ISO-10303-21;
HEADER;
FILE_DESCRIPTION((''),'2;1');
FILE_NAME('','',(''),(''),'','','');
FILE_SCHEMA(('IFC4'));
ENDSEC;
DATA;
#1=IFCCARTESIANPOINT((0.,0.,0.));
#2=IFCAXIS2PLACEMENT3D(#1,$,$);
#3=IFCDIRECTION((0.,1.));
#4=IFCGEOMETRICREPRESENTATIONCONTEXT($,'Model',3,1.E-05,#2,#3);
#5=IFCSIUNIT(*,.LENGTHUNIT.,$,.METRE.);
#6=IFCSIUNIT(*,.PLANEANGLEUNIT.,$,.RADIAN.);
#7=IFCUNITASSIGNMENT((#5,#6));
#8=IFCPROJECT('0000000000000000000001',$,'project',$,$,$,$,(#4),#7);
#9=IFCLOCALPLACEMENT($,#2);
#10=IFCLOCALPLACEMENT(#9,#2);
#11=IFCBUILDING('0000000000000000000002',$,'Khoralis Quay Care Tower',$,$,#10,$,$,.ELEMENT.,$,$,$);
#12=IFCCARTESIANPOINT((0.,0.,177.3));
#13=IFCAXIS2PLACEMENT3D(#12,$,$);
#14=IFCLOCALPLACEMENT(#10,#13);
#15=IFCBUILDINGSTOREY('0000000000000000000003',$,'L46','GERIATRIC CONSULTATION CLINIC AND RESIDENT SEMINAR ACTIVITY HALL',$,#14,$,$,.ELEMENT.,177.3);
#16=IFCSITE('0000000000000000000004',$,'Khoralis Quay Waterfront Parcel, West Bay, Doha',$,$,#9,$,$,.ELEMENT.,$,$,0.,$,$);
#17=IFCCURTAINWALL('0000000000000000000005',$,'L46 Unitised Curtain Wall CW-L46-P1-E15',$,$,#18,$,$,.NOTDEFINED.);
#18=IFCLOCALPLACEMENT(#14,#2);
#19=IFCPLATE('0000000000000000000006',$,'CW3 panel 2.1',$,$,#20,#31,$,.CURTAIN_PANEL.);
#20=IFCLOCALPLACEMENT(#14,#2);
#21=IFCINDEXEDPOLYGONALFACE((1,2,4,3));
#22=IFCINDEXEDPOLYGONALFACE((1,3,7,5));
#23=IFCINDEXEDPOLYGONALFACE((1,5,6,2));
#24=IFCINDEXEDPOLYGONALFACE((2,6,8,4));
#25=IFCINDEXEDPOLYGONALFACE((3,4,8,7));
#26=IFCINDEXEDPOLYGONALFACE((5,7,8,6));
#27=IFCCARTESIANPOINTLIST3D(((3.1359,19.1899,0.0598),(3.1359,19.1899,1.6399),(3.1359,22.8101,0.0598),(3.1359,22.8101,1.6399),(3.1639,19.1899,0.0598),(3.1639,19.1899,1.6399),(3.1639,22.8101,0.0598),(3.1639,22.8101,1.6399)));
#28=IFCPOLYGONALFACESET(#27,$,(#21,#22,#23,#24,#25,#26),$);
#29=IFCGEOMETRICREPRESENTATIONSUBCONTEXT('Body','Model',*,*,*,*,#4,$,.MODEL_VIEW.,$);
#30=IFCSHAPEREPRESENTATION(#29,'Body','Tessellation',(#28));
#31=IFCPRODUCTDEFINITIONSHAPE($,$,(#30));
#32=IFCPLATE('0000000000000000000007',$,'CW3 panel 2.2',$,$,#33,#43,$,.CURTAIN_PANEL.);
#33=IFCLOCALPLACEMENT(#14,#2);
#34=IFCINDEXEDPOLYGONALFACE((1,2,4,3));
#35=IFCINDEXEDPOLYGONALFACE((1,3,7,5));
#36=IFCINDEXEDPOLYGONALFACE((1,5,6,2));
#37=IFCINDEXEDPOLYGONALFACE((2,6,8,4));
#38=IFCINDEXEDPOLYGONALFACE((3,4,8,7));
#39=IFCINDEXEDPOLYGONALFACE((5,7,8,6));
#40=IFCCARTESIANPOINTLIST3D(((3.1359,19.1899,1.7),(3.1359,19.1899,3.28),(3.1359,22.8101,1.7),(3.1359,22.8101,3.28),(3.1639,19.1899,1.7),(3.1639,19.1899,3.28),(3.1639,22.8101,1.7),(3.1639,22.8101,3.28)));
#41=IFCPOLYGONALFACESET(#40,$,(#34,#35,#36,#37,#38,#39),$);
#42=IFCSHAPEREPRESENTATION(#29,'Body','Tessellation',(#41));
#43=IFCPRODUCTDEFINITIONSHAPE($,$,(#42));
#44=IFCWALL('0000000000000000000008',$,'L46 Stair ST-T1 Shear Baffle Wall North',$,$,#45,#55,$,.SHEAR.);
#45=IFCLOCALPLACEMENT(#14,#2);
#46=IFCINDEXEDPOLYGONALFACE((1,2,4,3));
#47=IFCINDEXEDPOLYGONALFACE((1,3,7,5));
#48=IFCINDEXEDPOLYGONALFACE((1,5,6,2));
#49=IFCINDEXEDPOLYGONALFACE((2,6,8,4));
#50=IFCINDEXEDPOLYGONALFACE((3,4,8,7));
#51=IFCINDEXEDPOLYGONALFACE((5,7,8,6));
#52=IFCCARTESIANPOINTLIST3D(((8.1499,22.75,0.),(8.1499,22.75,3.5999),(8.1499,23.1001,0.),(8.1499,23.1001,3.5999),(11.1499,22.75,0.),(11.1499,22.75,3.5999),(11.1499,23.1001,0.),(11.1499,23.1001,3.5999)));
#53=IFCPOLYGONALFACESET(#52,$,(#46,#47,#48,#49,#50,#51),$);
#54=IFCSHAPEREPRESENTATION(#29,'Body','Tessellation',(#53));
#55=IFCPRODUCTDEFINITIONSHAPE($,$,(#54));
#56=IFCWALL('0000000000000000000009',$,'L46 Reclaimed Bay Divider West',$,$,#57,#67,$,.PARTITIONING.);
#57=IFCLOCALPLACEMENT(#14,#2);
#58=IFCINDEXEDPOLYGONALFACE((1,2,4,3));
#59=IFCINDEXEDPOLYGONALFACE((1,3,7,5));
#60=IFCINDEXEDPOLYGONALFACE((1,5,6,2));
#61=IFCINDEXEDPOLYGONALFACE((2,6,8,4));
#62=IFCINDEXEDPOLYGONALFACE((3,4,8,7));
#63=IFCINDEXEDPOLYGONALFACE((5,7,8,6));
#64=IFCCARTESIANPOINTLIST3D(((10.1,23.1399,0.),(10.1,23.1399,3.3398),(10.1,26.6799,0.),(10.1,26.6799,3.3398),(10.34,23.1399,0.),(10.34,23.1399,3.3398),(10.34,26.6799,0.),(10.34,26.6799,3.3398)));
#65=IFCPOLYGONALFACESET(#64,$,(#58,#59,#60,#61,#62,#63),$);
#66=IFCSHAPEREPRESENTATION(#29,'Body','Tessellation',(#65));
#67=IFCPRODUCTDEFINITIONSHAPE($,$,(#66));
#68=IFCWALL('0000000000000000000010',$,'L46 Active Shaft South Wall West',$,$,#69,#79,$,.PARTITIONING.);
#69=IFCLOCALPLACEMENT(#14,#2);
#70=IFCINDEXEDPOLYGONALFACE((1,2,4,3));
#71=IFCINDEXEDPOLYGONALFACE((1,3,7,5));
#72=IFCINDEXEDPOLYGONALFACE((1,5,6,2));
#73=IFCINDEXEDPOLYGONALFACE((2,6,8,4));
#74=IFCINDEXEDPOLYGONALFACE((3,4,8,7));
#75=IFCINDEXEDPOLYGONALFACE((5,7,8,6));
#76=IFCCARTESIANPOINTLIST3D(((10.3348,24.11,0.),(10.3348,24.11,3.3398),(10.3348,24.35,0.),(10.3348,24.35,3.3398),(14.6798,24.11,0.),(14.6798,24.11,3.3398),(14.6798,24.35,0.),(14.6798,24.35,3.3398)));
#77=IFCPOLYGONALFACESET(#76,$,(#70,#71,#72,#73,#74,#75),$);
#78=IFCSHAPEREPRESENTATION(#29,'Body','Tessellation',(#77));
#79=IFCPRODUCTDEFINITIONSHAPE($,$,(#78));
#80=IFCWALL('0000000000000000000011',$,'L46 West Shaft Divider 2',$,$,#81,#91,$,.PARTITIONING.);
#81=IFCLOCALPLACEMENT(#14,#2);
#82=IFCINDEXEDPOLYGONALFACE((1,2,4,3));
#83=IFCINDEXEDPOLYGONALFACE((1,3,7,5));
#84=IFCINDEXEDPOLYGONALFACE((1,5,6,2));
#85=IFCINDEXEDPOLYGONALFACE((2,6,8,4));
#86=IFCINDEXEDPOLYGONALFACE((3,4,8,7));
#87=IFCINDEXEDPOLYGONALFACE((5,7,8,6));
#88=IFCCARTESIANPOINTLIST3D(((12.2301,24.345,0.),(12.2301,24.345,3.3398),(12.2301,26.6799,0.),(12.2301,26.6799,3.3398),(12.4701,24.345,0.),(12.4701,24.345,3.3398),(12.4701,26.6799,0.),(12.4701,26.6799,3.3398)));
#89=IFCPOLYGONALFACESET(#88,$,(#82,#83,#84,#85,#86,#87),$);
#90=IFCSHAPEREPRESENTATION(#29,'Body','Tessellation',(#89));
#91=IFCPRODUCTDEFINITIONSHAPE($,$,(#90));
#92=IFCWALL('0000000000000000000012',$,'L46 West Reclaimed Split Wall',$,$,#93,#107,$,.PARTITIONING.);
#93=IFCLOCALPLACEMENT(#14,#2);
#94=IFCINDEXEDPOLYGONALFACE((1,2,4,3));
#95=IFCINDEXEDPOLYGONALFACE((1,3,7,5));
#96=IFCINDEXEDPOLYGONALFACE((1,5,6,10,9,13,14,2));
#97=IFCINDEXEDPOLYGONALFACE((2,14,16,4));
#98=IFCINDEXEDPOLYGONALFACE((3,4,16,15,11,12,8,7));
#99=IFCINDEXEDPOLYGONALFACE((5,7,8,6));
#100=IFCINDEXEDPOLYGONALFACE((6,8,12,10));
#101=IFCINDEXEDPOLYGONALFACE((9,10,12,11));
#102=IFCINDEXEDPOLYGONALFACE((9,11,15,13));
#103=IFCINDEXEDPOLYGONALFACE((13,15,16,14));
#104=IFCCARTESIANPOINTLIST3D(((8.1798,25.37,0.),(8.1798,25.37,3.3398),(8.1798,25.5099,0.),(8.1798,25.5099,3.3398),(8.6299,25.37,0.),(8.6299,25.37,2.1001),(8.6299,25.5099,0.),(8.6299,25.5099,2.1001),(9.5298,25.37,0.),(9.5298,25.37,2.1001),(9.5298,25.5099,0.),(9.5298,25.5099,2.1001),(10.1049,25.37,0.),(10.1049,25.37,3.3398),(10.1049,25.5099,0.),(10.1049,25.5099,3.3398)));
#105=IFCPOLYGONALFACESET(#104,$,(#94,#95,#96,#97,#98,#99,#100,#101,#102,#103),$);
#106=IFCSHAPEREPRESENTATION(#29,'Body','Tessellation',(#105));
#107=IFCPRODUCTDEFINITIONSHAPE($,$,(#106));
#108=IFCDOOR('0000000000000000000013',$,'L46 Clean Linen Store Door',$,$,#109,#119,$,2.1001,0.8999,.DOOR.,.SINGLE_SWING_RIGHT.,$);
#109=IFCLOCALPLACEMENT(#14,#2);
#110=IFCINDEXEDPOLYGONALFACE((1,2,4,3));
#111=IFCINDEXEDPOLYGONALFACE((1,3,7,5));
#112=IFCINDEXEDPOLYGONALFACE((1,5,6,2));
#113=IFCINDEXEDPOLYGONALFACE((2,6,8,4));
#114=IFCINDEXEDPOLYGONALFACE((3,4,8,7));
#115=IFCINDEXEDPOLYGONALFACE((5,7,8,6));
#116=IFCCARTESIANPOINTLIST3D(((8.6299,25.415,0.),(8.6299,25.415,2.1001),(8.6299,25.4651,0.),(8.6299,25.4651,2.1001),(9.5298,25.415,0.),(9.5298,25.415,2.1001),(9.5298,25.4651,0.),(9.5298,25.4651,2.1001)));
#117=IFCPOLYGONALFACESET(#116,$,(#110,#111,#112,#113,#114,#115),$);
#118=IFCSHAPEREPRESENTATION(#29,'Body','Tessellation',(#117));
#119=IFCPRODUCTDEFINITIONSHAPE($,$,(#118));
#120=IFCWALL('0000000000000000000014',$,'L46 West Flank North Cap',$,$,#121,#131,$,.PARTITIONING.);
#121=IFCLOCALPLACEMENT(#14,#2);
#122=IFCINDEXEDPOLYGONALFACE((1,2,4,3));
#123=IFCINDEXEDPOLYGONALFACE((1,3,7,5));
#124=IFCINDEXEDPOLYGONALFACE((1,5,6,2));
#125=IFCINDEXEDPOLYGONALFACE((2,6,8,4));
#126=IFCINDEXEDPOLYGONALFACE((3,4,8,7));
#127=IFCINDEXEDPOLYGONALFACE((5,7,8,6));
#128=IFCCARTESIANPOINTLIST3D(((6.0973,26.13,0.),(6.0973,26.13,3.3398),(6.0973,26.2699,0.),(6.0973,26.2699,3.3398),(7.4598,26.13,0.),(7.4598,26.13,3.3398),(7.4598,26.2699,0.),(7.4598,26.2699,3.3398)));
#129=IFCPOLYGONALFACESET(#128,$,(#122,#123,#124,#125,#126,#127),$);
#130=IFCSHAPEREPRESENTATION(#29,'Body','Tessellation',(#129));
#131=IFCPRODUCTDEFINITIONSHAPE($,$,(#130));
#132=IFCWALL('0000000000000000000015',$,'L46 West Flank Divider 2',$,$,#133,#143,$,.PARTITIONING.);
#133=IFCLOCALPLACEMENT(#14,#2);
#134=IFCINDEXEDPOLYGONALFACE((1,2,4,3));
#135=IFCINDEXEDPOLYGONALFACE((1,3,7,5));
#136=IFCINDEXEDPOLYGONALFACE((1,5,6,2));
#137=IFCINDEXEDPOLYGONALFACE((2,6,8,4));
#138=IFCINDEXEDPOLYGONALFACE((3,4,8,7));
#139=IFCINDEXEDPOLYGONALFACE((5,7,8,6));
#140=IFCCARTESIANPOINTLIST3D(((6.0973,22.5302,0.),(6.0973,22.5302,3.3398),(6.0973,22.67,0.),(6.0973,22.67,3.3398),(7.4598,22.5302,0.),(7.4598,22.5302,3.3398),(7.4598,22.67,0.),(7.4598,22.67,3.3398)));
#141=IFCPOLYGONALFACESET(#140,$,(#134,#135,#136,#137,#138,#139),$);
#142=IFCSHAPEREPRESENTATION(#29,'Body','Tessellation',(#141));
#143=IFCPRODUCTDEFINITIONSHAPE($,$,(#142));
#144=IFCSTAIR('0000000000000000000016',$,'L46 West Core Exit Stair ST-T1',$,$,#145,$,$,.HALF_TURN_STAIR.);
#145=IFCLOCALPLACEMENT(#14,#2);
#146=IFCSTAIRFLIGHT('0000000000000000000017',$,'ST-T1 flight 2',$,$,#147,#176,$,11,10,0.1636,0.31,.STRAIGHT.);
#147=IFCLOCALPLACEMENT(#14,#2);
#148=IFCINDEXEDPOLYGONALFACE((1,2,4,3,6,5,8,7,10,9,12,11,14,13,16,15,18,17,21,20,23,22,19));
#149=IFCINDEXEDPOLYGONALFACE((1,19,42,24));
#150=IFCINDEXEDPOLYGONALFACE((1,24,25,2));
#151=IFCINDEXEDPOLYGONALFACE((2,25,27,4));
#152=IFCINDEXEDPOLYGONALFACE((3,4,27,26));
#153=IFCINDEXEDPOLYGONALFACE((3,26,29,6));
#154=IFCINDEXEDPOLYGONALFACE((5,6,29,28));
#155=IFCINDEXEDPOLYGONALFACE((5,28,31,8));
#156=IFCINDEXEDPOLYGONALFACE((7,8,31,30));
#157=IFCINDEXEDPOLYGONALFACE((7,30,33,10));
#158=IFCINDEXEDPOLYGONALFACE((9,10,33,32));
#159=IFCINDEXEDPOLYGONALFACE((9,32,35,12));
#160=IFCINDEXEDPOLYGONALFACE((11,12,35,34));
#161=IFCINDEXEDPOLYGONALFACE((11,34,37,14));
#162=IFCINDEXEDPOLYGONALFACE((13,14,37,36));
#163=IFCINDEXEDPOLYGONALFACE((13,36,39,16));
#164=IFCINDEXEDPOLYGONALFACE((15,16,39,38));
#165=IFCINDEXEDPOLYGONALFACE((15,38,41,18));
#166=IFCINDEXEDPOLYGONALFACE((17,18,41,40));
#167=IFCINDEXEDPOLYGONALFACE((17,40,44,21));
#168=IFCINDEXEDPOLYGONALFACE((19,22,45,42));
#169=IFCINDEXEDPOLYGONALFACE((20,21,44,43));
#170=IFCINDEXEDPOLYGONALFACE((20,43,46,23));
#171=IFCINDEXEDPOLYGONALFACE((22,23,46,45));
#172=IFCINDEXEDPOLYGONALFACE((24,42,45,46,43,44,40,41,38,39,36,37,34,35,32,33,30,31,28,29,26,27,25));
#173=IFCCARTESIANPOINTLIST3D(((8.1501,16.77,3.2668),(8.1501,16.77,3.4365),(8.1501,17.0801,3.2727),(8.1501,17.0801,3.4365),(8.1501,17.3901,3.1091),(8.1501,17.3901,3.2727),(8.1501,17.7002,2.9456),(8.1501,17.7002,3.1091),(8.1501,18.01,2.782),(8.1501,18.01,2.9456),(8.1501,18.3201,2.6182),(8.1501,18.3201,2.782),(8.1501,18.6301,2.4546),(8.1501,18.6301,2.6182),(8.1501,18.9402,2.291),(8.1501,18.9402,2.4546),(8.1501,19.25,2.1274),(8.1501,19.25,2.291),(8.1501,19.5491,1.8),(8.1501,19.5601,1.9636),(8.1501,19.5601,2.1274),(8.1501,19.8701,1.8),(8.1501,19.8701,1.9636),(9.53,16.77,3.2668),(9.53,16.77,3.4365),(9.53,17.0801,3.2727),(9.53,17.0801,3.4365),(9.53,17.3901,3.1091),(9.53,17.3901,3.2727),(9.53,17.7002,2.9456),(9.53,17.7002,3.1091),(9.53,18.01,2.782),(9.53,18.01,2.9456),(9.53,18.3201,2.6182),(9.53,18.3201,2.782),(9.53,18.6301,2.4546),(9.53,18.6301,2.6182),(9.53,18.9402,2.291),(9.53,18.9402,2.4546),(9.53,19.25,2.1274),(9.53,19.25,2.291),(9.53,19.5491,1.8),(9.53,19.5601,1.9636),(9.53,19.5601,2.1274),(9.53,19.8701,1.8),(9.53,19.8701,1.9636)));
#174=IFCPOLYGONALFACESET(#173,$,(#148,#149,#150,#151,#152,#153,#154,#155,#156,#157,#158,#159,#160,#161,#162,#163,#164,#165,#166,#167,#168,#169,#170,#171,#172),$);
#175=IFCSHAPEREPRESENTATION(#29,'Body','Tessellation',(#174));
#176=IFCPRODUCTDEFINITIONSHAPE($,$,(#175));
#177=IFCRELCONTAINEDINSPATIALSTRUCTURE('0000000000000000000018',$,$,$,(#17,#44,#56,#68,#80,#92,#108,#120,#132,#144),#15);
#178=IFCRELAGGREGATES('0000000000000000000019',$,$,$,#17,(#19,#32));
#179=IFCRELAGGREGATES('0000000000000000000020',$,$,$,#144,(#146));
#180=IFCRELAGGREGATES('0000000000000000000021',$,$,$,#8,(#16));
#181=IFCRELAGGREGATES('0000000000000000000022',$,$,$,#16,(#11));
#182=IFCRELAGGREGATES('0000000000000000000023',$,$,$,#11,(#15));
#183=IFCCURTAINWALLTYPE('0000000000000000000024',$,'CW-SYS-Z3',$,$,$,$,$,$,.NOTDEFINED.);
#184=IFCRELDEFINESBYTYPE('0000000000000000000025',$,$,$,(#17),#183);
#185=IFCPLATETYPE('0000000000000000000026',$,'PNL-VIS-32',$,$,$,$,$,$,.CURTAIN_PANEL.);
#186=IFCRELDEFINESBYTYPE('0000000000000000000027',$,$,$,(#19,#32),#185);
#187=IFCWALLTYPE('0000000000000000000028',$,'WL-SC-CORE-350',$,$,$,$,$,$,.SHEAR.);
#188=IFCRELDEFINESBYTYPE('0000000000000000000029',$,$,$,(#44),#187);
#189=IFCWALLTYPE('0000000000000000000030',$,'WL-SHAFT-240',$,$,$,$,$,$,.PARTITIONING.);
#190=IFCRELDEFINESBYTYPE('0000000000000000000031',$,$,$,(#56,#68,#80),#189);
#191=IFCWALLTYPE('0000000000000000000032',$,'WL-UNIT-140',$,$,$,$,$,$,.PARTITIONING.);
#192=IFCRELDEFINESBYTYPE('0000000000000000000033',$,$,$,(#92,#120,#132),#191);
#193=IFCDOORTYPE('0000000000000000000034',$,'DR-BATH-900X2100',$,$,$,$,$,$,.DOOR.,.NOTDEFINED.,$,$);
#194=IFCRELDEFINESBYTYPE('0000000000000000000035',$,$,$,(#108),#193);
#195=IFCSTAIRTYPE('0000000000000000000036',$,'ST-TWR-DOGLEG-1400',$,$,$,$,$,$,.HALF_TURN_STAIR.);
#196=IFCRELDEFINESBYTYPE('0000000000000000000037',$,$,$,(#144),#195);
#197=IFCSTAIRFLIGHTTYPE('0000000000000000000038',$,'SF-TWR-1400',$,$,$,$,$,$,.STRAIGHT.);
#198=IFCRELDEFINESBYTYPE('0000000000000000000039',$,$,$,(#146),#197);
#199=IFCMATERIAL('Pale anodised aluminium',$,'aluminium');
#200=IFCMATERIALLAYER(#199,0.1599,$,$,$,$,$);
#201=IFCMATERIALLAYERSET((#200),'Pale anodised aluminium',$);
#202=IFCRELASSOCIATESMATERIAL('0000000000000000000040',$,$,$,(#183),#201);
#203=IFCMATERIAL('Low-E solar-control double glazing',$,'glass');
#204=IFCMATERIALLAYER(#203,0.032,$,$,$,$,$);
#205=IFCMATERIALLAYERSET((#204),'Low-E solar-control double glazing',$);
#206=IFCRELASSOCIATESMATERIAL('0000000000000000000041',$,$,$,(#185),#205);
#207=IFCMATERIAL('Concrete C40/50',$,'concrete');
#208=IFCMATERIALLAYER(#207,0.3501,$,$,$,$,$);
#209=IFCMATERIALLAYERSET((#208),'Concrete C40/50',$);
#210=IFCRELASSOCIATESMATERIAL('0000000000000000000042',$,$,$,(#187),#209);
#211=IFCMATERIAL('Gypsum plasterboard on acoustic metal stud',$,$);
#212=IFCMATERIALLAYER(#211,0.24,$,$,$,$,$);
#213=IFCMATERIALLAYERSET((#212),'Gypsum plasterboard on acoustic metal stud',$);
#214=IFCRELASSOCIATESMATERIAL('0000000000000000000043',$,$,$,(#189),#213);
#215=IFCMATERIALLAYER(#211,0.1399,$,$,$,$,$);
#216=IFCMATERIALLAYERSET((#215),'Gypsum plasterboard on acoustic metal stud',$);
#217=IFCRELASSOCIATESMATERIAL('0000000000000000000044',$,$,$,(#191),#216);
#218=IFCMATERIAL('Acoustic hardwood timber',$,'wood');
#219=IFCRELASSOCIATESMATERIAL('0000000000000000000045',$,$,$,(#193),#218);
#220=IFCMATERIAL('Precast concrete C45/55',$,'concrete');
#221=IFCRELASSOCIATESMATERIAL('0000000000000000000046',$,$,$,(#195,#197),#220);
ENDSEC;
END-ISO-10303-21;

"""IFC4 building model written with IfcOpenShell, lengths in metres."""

from ifc_helpers import new_model, si_unit, direction, frame, frame_2d, origin, origin_2d, place, context, subcontext, project, spatial, polyline, rectangle, outline, extrude, source, transform, mapped, material, layer, layer_set, type_object, element, fill, aggregate, save


model = new_model("IFC4")

# Units and contexts
model_context = context("Model", 3, precision=1e-05, world=origin(), true_north=direction((0.0, 1.0)))
body_context = subcontext(model_context, "Body", "Model", "MODEL_VIEW")
ifc_project = project(units=[si_unit("LENGTHUNIT", "METRE"), si_unit("PLANEANGLEUNIT", "RADIAN")], contexts=[model_context])

# Site, building, storey
site_placement = place(None, origin())
site = spatial("IfcSite", under=ifc_project, at=site_placement, Name="Khoralis Quay Waterfront Parcel, West Bay, Doha", CompositionType="ELEMENT", RefElevation=0.0)
building_placement = place(site_placement, origin())
building = spatial("IfcBuilding", under=site, at=building_placement, Name="Khoralis Quay Care Tower", CompositionType="ELEMENT")
storey_placement = place(building_placement, frame((0.0, 0.0, 177.3)))
storey = spatial("IfcBuildingStorey", under=building, at=storey_placement, Name="L46", Description="GERIATRIC CONSULTATION CLINIC AND RESIDENT SEMINAR ACTIVITY HALL", CompositionType="ELEMENT", Elevation=177.3)

# Curtain wall, plates
ifc_material_1 = material(Name="Pale anodised aluminium", Category="aluminium")
ifc_layer_1 = layer(ifc_material_1, 0.1599)
ifc_layer_set_1 = layer_set([ifc_layer_1], Name="Pale anodised aluminium")
curtain_wall_type = type_object("IfcCurtainWallType", Name="CW-SYS-Z3", PredefinedType="NOTDEFINED", material=ifc_layer_set_1)
curtain_wall_placement = place(storey_placement, origin())
curtain_wall = element("IfcCurtainWall", 1, at=curtain_wall_placement, inside=storey, type_object=curtain_wall_type, Name="L46 Unitised Curtain Wall CW-L46-P1-E15", PredefinedType="NOTDEFINED")
ifc_material_2 = material(Name="Low-E solar-control double glazing", Category="glass")
ifc_layer_2 = layer(ifc_material_2, 0.032)
ifc_layer_set_2 = layer_set([ifc_layer_2], Name="Low-E solar-control double glazing")
plate_type = type_object("IfcPlateType", Name="PNL-VIS-32", PredefinedType="CURTAIN_PANEL", material=ifc_layer_set_2)
shared_shape_1 = source(origin(), body_context, "Body", "SweptSolid", [
    extrude(rectangle(XDim=3.6201, YDim=0.0281, at=origin_2d()), origin(), (0.0, 0.0, 1.0), 1.5801),
])
plate_1_placement = place(storey_placement, frame((3.1499, 21.0, 0.0598), z_axis=(0.0, 0.0, 1.0), x_axis=(0.0, -1.0, 0.0)))
plate_1 = element("IfcPlate", 2, at=plate_1_placement, type_object=plate_type, Name="CW3 panel 2.1", PredefinedType="CURTAIN_PANEL", context=body_context, shape_type="MappedRepresentation", body=[
    mapped(shared_shape_1, transform((0.0, 0.0, 0.0), scale=1.0)),
])
plate_2_placement = place(storey_placement, frame((3.1499, 21.0, 1.7), z_axis=(0.0, 0.0, 1.0), x_axis=(0.0, -1.0, 0.0)))
plate_2 = element("IfcPlate", 3, at=plate_2_placement, type_object=plate_type, Name="CW3 panel 2.2", PredefinedType="CURTAIN_PANEL", context=body_context, shape_type="MappedRepresentation", body=[
    mapped(shared_shape_1, transform((0.0, 0.0, 0.0), scale=1.0)),
])
aggregate(curtain_wall, [plate_1, plate_2])

# Walls
ifc_material_3 = material(Name="Concrete C40/50", Category="concrete")
ifc_layer_3 = layer(ifc_material_3, 0.3501)
ifc_layer_set_3 = layer_set([ifc_layer_3], Name="Concrete C40/50")
wall_type_1 = type_object("IfcWallType", Name="WL-SC-CORE-350", PredefinedType="SHEAR", material=ifc_layer_set_3)
wall_1_placement = place(storey_placement, frame((8.1499, 22.925, 0.0), z_axis=(0.0, 0.0, 1.0), x_axis=(1.0, 0.0, 0.0)))
element("IfcWall", 4, at=wall_1_placement, inside=storey, type_object=wall_type_1, Name="L46 Stair ST-T1 Shear Baffle Wall North", PredefinedType="SHEAR", context=body_context, shape_type="SweptSolid", body=[
    extrude(rectangle(XDim=3.0, YDim=0.3501, at=frame_2d((1.5, 0.0))), origin(), (0.0, 0.0, 1.0), 3.5999),
])
ifc_material_4 = material(Name="Gypsum plasterboard on acoustic metal stud")
ifc_layer_4 = layer(ifc_material_4, 0.24)
ifc_layer_set_4 = layer_set([ifc_layer_4], Name="Gypsum plasterboard on acoustic metal stud")
wall_type_2 = type_object("IfcWallType", Name="WL-SHAFT-240", PredefinedType="PARTITIONING", material=ifc_layer_set_4)
wall_2_placement = place(storey_placement, frame((10.22, 23.1399, 0.0), z_axis=(0.0, 0.0, 1.0), x_axis=(0.0, 1.0, 0.0)))
element("IfcWall", 5, at=wall_2_placement, inside=storey, type_object=wall_type_2, Name="L46 Reclaimed Bay Divider West", PredefinedType="PARTITIONING", context=body_context, shape_type="SweptSolid", body=[
    extrude(rectangle(XDim=3.54, YDim=0.24, at=frame_2d((1.77, 0.0))), origin(), (0.0, 0.0, 1.0), 3.3398),
])
wall_3_placement = place(storey_placement, frame((10.335, 24.23, 0.0), z_axis=(0.0, 0.0, 1.0), x_axis=(1.0, 0.0, 0.0)))
element("IfcWall", 6, at=wall_3_placement, inside=storey, type_object=wall_type_2, Name="L46 Active Shaft South Wall West", PredefinedType="PARTITIONING", context=body_context, shape_type="SweptSolid", body=[
    extrude(rectangle(XDim=4.345, YDim=0.24, at=frame_2d((2.1724, 0.0))), origin(), (0.0, 0.0, 1.0), 3.3398),
])
wall_4_placement = place(storey_placement, frame((12.3501, 24.345, 0.0), z_axis=(0.0, 0.0, 1.0), x_axis=(0.0, 1.0, 0.0)))
element("IfcWall", 7, at=wall_4_placement, inside=storey, type_object=wall_type_2, Name="L46 West Shaft Divider 2", PredefinedType="PARTITIONING", context=body_context, shape_type="SweptSolid", body=[
    extrude(rectangle(XDim=2.335, YDim=0.24, at=frame_2d((1.1675, 0.0))), origin(), (0.0, 0.0, 1.0), 3.3398),
])

# Wall, opening, door
ifc_layer_5 = layer(ifc_material_4, 0.1399)
ifc_layer_set_5 = layer_set([ifc_layer_5], Name="Gypsum plasterboard on acoustic metal stud")
wall_type_3 = type_object("IfcWallType", Name="WL-UNIT-140", PredefinedType="PARTITIONING", material=ifc_layer_set_5)
wall_5_placement = place(storey_placement, frame((8.1799, 25.4399, 0.0), z_axis=(0.0, 0.0, 1.0), x_axis=(1.0, 0.0, 0.0)))
wall_5 = element("IfcWall", 8, at=wall_5_placement, inside=storey, type_object=wall_type_3, Name="L46 West Reclaimed Split Wall", PredefinedType="PARTITIONING", context=body_context, shape_type="SweptSolid", body=[
    extrude(rectangle(XDim=1.925, YDim=0.1399, at=frame_2d((0.9624, 0.0))), origin(), (0.0, 0.0, 1.0), 3.3398),
])
opening_placement = place(wall_5_placement, frame((0.45, 0.0, 0.0)))
opening = element("IfcOpeningElement", 9, at=opening_placement, cuts=wall_5, PredefinedType="OPENING", context=body_context, shape_type="SweptSolid", body=[
    extrude(rectangle(XDim=0.8999, YDim=2.1001, at=frame_2d((0.45, 1.05))), frame((0.0, 0.0801, 0.0), z_axis=(0.0, -1.0, 0.0), x_axis=(1.0, 0.0, 0.0)), (0.0, 0.0, 1.0), 0.1599),
])
ifc_material_5 = material(Name="Acoustic hardwood timber", Category="wood")
door_type = type_object("IfcDoorType", Name="DR-BATH-900X2100", OperationType="NOTDEFINED", PredefinedType="DOOR", material=ifc_material_5)
shared_shape_2 = source(origin(), body_context, "Body", "SweptSolid", [
    extrude(rectangle(XDim=0.8999, YDim=2.1001, at=frame_2d((0.45, 1.05))), frame((0.0, 0.0249, 0.0), z_axis=(0.0, -1.0, 0.0), x_axis=(1.0, 0.0, 0.0)), (0.0, 0.0, 1.0), 0.05),
])
door_placement = place(opening_placement, frame((0.8999, 0.0, 0.0), z_axis=(0.0, 0.0, 1.0), x_axis=(-1.0, 0.0, 0.0)))
door = element("IfcDoor", 10, at=door_placement, inside=storey, type_object=door_type, Name="L46 Clean Linen Store Door", OperationType="SINGLE_SWING_RIGHT", OverallHeight=2.1001, OverallWidth=0.8999, PredefinedType="DOOR", context=body_context, shape_type="MappedRepresentation", body=[
    mapped(shared_shape_2, transform((0.0, 0.0, 0.0), scale=1.0)),
])
fill(opening, door)

# Walls
for number, where, z_axis, x_axis, name in (
    (11, (6.0974, 26.2, 0.0), (0.0, 0.0, 1.0), (1.0, 0.0, 0.0), "L46 West Flank North Cap"),
    (12, (6.0974, 22.6001, 0.0), (0.0, 0.0, 1.0), (1.0, 0.0, 0.0), "L46 West Flank Divider 2"),
):
    element("IfcWall", number, at=place(storey_placement, frame(where, z_axis=z_axis, x_axis=x_axis)), inside=storey, type_object=wall_type_3, Name=name, PredefinedType="PARTITIONING", context=body_context, shape_type="SweptSolid", body=[
        extrude(rectangle(XDim=1.3625, YDim=0.1399, at=frame_2d((0.6812, 0.0))), origin(), (0.0, 0.0, 1.0), 3.3398),
    ])

# Stair, stair flight
ifc_material_6 = material(Name="Precast concrete C45/55", Category="concrete")
stair_type = type_object("IfcStairType", Name="ST-TWR-DOGLEG-1400", PredefinedType="HALF_TURN_STAIR", material=ifc_material_6)
stair_placement = place(storey_placement, origin())
stair = element("IfcStair", 13, at=stair_placement, inside=storey, type_object=stair_type, Name="L46 West Core Exit Stair ST-T1", PredefinedType="HALF_TURN_STAIR")
stair_flight_type = type_object("IfcStairFlightType", Name="SF-TWR-1400", PredefinedType="STRAIGHT", material=ifc_material_6)
shared_shape_3 = source(origin(), body_context, "Body", "SweptSolid", [
    extrude(outline(polyline([(0.0, 0.0), (0.0, 0.1636), (0.3101, 0.1636), (0.3101, 0.3274), (0.6201, 0.3274), (0.6201, 0.491), (0.9299, 0.491), (0.9299, 0.6545), (1.24, 0.6545), (1.24, 0.8181), (1.55, 0.8181), (1.55, 0.9819), (1.8601, 0.9819), (1.8601, 1.1455), (2.1699, 1.1455), (2.1699, 1.3091), (2.48, 1.3091), (2.48, 1.4727), (2.79, 1.4727), (2.79, 1.6365), (3.1001, 1.6365), (3.1001, 1.8), (3.1001, 1.4668), (0.321, 0.0), (0.0, 0.0)])), frame((0.0, 0.6899, 0.0), z_axis=(0.0, -1.0, 0.0), x_axis=(1.0, 0.0, 0.0)), (0.0, 0.0, 1.0), 1.3799),
])
stair_flight_placement = place(storey_placement, frame((8.8401, 19.8701, 1.8), z_axis=(0.0, 0.0, 1.0), x_axis=(0.0, -1.0, 0.0)))
stair_flight = element("IfcStairFlight", 14, at=stair_flight_placement, type_object=stair_flight_type, Name="ST-T1 flight 2", NumberOfRisers=11, NumberOfTreads=10, PredefinedType="STRAIGHT", RiserHeight=0.1636, TreadLength=0.31, context=body_context, shape_type="MappedRepresentation", body=[
    mapped(shared_shape_3, transform((0.0, 0.0, 0.0), scale=1.0)),
])
aggregate(stair, [stair_flight])

save(model, "model.ifc")
